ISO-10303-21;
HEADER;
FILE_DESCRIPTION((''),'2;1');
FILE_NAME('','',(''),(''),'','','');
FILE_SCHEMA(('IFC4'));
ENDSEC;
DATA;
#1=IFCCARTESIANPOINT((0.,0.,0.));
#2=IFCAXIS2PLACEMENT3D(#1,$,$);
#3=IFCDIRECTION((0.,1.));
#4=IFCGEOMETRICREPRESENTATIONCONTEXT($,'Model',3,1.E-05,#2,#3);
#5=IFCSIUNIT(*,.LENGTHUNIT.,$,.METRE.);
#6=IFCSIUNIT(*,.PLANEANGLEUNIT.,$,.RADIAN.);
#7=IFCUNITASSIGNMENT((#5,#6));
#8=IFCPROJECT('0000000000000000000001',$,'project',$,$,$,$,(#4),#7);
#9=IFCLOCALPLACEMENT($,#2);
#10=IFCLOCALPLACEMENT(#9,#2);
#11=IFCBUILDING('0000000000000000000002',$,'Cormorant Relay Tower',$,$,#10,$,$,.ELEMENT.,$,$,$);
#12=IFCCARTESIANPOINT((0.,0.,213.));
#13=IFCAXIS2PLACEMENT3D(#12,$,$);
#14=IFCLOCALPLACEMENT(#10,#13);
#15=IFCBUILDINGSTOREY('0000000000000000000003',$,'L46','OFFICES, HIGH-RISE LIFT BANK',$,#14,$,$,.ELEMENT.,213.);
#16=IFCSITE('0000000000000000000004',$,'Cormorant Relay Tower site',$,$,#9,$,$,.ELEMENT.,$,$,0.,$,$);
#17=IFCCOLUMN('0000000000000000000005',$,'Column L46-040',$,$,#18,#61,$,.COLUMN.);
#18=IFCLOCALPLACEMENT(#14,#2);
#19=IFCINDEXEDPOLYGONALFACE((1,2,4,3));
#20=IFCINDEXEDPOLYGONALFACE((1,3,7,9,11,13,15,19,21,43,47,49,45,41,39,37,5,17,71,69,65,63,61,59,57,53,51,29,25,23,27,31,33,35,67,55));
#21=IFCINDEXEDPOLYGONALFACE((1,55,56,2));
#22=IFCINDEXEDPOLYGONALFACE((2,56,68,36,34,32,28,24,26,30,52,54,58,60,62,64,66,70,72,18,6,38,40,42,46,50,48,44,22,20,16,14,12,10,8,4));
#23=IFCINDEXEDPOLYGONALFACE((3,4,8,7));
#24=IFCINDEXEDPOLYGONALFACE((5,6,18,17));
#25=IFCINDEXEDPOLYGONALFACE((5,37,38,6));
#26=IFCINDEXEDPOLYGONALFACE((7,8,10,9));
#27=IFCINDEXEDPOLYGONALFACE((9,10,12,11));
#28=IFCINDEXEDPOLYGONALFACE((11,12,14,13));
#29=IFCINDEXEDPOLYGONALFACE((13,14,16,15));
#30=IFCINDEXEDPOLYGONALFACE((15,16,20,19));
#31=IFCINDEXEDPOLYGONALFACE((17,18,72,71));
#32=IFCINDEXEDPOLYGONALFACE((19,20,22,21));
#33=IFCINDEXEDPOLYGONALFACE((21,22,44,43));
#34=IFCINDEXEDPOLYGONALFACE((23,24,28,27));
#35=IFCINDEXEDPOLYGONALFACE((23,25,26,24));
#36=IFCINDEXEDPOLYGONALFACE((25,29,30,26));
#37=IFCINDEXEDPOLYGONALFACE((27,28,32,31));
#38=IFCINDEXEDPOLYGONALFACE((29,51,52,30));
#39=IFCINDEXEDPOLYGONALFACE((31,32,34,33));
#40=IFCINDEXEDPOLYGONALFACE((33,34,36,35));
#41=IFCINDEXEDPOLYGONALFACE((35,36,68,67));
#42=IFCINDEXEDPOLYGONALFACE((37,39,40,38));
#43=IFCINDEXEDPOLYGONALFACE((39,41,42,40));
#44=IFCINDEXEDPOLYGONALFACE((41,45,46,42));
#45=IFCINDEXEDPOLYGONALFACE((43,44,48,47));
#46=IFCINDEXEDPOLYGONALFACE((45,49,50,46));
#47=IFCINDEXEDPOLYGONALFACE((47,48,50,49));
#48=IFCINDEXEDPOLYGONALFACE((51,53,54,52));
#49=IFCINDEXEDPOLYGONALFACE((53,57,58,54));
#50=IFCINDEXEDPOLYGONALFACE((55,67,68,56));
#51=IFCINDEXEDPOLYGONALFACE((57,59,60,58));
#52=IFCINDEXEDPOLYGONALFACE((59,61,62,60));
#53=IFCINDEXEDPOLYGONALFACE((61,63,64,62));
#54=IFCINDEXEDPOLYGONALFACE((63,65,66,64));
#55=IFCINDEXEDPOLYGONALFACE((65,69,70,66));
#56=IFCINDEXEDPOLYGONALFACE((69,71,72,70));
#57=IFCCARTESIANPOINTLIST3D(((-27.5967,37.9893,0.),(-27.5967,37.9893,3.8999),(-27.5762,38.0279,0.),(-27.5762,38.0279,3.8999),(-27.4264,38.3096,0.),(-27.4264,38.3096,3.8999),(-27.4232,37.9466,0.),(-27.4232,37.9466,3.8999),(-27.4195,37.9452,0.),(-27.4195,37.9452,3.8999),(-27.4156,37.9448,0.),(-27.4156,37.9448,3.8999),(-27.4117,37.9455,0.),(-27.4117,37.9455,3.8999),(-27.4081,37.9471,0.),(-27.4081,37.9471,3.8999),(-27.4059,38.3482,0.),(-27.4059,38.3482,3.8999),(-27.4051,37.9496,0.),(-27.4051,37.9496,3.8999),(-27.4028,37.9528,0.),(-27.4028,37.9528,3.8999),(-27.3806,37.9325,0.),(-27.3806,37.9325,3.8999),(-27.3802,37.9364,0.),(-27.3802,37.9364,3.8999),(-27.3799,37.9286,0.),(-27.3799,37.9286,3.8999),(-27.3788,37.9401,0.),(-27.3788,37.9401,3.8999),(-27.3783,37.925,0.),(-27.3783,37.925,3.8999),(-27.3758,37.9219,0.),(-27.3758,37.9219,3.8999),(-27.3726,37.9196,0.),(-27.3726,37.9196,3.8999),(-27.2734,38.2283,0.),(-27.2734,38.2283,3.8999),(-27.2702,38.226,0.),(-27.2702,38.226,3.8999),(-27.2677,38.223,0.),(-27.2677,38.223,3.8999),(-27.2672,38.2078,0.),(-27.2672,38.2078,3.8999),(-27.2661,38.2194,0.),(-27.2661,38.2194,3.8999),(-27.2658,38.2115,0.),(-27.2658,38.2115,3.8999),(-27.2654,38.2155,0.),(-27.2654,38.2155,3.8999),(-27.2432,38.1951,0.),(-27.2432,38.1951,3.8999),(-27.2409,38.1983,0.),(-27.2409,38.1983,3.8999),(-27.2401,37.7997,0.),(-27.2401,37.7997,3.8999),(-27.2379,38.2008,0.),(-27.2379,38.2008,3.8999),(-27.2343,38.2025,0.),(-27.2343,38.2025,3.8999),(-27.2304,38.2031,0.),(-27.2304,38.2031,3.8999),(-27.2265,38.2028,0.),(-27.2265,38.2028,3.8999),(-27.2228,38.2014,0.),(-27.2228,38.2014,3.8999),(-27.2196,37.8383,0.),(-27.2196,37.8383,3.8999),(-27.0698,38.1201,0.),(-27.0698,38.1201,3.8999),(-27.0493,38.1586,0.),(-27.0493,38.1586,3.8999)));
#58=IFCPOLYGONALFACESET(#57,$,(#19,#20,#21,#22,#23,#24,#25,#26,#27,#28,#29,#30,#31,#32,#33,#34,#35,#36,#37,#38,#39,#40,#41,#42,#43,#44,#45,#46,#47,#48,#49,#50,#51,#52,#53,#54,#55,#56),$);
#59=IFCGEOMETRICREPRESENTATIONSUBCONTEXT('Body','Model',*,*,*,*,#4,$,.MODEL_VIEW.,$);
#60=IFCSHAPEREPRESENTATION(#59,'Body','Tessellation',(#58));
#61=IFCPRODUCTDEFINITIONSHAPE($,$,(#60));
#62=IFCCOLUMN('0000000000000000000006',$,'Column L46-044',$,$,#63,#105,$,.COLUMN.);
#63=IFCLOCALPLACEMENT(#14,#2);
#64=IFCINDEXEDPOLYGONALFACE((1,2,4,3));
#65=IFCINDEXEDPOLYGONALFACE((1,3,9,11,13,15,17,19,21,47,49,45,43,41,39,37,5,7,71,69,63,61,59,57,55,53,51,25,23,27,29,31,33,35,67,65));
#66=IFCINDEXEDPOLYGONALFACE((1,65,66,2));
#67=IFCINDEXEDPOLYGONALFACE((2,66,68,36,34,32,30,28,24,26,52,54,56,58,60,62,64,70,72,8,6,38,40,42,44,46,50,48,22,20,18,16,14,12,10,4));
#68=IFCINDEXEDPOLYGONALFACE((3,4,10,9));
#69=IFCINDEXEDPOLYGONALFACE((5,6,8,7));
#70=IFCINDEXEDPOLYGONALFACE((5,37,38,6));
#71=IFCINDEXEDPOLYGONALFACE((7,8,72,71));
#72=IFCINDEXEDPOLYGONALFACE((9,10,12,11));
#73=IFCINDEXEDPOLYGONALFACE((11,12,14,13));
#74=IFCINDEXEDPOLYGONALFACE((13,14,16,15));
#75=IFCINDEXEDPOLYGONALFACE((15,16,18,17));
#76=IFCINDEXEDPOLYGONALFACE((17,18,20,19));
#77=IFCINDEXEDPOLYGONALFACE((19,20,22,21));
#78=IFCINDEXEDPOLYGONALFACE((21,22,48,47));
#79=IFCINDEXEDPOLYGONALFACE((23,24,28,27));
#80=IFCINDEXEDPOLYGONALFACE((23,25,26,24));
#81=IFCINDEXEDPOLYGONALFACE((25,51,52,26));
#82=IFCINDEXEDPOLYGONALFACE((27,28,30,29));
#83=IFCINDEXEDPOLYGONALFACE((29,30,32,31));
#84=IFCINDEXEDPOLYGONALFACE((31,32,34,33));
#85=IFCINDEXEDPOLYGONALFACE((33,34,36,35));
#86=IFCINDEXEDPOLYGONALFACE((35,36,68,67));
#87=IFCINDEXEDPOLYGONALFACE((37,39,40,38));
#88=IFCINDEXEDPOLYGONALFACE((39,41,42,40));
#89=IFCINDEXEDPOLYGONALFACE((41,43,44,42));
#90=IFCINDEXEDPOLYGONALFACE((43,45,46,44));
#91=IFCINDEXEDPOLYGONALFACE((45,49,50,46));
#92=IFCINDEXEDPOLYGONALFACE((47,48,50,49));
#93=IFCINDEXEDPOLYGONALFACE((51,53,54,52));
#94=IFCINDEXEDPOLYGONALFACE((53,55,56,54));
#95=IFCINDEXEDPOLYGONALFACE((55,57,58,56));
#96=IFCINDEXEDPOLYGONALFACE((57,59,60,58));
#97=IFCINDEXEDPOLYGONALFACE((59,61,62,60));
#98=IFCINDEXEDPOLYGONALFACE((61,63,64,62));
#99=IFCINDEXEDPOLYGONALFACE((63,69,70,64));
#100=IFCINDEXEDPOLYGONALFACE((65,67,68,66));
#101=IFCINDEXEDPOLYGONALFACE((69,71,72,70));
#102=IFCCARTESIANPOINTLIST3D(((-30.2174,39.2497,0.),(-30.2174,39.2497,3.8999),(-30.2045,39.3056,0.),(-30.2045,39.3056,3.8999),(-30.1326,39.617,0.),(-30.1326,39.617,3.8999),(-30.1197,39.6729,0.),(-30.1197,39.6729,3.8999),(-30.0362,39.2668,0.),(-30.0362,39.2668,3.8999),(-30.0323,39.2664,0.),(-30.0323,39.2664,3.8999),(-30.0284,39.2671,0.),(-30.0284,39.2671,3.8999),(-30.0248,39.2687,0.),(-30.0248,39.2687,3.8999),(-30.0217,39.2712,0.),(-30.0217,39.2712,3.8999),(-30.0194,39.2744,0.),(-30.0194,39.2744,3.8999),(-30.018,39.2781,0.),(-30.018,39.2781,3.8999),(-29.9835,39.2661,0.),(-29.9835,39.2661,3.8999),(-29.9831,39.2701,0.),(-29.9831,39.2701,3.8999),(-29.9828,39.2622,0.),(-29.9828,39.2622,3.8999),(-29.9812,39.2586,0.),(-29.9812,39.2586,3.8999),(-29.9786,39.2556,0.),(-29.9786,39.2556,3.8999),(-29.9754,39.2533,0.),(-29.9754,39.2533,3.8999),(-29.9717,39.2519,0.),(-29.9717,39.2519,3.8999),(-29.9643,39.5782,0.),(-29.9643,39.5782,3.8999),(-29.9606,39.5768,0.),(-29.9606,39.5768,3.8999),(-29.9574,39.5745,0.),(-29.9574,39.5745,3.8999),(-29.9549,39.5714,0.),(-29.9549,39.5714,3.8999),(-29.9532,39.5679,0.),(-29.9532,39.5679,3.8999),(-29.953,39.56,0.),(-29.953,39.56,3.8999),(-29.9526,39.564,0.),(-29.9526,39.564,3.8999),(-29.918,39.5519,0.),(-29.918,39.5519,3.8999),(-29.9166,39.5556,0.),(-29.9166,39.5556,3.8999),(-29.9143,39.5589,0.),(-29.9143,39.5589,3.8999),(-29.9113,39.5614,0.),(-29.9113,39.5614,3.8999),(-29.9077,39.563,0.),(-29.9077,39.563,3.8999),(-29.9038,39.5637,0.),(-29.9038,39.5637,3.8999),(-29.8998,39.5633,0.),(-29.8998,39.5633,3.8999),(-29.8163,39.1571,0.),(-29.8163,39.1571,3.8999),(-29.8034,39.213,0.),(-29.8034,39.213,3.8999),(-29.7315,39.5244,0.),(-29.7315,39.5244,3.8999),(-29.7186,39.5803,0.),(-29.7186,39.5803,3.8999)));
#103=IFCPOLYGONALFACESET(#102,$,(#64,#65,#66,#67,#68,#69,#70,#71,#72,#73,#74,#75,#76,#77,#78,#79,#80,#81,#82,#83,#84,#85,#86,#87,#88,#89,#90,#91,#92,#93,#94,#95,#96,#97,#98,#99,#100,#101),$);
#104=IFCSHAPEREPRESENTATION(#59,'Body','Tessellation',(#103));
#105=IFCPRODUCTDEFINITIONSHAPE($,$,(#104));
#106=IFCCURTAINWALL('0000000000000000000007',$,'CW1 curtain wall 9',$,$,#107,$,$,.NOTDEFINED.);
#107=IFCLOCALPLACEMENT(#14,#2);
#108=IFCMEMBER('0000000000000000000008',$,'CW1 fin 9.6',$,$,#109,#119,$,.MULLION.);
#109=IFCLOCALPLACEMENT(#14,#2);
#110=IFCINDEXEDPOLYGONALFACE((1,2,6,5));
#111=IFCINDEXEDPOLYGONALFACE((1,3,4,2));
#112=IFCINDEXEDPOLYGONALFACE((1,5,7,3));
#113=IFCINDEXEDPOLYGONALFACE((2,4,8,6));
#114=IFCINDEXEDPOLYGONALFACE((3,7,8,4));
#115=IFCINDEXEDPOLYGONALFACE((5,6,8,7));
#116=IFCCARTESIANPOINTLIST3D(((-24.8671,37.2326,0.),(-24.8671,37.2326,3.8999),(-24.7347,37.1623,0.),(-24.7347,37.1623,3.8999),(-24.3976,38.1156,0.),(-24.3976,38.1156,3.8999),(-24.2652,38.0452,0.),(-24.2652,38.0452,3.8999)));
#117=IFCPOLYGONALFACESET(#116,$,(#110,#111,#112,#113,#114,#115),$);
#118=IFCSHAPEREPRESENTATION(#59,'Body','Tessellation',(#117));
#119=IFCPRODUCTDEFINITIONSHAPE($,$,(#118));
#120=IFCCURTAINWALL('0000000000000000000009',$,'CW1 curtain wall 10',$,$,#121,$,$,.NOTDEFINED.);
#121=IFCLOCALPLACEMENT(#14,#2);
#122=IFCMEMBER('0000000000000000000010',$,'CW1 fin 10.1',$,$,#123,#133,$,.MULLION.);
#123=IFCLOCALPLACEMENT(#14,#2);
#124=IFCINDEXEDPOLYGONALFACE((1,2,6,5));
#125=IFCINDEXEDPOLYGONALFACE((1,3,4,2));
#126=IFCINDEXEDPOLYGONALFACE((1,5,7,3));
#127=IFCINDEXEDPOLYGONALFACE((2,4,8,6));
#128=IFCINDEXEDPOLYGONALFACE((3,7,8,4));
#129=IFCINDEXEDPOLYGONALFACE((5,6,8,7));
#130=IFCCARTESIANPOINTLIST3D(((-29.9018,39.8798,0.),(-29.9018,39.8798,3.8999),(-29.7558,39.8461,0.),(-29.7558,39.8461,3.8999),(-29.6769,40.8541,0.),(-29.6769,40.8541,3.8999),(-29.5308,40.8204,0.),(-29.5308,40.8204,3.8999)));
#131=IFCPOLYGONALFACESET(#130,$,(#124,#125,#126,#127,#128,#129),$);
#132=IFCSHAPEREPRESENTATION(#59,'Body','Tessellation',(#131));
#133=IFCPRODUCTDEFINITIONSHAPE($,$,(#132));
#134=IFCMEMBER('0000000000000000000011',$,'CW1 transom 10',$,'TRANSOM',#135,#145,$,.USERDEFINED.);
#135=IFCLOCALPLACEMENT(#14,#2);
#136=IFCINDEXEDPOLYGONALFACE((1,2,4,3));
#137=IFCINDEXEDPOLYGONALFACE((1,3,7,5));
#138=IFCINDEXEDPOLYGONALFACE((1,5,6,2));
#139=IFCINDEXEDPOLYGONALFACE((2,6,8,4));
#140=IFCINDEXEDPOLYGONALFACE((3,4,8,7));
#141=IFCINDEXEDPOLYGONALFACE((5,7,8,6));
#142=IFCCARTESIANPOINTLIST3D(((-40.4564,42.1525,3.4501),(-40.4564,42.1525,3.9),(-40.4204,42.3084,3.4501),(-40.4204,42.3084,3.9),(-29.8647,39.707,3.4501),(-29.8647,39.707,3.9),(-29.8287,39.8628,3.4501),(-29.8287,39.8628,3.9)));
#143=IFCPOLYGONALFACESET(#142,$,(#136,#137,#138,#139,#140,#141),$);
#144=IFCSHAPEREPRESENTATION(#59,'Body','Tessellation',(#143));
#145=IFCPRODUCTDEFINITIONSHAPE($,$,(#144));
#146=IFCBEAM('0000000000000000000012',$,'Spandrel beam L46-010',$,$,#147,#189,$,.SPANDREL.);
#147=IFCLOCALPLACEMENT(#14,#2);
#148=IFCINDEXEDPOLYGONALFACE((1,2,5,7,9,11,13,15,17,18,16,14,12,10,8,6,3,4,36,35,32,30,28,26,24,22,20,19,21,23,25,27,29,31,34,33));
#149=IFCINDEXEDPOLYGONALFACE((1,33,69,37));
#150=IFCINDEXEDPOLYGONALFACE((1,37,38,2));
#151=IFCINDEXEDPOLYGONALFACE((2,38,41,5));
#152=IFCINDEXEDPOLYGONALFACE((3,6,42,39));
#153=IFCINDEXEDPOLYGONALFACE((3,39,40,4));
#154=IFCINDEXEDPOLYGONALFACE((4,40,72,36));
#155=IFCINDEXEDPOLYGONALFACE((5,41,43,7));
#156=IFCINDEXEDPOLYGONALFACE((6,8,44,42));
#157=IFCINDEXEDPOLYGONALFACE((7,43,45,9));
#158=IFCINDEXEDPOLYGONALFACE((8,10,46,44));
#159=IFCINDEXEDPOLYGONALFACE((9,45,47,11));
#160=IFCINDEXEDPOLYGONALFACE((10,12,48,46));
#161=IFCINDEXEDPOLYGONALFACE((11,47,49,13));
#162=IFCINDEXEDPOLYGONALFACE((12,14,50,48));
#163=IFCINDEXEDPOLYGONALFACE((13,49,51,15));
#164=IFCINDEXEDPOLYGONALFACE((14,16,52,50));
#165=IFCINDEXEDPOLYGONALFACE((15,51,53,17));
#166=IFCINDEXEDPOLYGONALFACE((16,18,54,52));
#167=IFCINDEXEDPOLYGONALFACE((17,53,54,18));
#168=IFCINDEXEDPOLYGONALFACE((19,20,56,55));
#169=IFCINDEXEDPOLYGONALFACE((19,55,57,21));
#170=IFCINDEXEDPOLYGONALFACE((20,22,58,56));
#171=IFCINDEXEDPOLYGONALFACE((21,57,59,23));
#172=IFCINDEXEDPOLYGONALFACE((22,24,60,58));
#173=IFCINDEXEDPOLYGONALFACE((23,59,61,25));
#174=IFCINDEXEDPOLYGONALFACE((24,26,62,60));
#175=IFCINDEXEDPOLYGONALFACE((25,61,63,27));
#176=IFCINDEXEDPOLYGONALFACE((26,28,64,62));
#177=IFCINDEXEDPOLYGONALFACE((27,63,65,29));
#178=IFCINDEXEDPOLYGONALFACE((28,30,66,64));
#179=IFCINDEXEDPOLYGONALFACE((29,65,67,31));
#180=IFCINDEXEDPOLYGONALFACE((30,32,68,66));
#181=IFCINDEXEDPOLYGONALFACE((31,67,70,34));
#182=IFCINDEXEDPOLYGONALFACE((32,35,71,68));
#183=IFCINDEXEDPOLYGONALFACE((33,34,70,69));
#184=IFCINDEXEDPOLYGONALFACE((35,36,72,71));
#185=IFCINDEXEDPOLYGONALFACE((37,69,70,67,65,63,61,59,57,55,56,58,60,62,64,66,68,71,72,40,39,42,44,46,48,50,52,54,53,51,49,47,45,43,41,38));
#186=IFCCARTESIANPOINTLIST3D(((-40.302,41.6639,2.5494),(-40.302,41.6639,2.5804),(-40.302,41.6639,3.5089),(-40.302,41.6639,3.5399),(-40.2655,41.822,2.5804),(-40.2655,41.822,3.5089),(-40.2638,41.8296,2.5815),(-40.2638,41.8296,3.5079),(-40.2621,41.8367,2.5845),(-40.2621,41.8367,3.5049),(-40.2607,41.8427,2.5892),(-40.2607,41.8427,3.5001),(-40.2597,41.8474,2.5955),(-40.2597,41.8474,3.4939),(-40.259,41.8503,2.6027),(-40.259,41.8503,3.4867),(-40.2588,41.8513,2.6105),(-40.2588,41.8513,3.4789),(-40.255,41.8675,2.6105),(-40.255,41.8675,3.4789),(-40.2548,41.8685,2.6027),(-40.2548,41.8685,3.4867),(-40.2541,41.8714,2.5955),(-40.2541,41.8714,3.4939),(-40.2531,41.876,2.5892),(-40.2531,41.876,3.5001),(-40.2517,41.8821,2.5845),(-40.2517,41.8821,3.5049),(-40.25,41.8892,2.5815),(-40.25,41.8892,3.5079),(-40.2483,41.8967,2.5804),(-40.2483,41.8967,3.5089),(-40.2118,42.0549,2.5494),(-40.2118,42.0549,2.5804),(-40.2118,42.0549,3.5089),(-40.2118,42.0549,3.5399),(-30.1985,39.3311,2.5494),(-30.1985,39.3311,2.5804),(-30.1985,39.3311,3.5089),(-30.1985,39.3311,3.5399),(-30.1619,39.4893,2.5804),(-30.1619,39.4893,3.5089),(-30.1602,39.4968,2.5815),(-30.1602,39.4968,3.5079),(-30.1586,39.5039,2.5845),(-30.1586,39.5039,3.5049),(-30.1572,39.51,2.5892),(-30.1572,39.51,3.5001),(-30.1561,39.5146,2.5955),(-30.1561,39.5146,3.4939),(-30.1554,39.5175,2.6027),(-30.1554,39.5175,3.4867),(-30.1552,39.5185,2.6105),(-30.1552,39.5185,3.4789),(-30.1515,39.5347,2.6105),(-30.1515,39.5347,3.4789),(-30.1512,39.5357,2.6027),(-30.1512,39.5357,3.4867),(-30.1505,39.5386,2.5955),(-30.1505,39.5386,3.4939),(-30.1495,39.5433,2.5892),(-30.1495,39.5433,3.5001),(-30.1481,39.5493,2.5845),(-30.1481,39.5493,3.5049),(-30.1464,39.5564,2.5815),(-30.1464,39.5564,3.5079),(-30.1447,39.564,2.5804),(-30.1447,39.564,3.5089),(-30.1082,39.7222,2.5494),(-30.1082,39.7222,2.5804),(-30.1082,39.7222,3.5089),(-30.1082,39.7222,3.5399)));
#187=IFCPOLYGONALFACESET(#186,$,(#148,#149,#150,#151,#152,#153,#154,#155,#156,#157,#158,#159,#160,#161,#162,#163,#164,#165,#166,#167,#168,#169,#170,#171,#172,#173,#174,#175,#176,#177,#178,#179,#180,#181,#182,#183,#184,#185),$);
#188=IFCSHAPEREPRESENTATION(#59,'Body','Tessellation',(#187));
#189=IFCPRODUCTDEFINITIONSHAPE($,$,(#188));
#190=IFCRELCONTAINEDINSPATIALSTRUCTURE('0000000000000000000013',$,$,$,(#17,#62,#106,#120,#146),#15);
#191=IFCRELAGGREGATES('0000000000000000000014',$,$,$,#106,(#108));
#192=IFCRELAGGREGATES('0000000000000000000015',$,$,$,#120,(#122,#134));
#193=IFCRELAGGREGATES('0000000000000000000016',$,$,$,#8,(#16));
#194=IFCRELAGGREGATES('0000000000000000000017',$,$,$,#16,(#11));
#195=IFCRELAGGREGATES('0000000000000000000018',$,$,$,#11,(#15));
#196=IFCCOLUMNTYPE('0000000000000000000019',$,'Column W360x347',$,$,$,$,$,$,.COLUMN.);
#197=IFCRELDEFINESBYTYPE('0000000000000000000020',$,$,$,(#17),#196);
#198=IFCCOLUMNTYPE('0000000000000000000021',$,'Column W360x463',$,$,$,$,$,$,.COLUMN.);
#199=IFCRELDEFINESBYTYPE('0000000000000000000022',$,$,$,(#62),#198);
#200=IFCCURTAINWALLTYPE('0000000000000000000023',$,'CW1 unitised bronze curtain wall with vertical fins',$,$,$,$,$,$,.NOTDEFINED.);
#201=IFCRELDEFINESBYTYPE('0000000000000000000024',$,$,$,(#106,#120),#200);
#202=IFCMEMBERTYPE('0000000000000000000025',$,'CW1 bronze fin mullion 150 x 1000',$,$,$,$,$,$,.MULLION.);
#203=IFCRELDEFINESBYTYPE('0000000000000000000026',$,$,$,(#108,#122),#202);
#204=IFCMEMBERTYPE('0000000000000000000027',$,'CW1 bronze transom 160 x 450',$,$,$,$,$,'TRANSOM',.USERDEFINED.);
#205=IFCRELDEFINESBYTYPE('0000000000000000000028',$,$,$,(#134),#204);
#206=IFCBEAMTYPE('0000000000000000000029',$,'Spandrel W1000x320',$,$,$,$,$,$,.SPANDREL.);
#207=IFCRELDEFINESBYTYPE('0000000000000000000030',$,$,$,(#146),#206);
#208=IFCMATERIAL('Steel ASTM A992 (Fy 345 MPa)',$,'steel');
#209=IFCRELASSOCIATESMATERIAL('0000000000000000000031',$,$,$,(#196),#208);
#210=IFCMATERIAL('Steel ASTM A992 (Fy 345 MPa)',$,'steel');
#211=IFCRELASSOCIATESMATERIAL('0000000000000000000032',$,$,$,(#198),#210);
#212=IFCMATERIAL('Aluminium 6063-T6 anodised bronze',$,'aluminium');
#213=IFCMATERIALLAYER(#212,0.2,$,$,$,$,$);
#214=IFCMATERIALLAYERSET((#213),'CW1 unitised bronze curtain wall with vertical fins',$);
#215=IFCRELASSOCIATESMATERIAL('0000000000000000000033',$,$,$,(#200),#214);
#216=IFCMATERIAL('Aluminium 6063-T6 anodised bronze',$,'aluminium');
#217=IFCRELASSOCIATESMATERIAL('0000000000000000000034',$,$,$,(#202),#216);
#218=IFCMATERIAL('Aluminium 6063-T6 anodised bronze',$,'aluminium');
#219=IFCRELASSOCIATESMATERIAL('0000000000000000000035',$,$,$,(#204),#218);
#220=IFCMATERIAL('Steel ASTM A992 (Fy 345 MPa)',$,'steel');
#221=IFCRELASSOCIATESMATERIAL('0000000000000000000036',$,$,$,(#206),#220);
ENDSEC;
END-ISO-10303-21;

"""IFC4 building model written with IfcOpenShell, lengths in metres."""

from ifc_helpers import new_model, si_unit, direction, frame, origin, origin_2d, place, context, subcontext, project, spatial, rectangle, i_section, extrude, material, layer, layer_set, material_profile, profile_set, type_object, element, aggregate, save


model = new_model("IFC4")

# Units and contexts
model_context = context("Model", 3, precision=1e-05, world=origin(), true_north=direction((0.0, 1.0)))
body_context = subcontext(model_context, "Body", "Model", "MODEL_VIEW")
ifc_project = project(units=[si_unit("LENGTHUNIT", "METRE"), si_unit("PLANEANGLEUNIT", "RADIAN")], contexts=[model_context])

# Site, building, storey
site_placement = place(None, origin())
site = spatial("IfcSite", under=ifc_project, at=site_placement, Name="Cormorant Relay Tower site", CompositionType="ELEMENT", RefElevation=0.0)
building_placement = place(site_placement, origin())
building = spatial("IfcBuilding", under=site, at=building_placement, Name="Cormorant Relay Tower", CompositionType="ELEMENT")
storey_placement = place(building_placement, frame((0.0, 0.0, 213.0)))
storey = spatial("IfcBuildingStorey", under=building, at=storey_placement, Name="L46", Description="OFFICES, HIGH-RISE LIFT BANK", CompositionType="ELEMENT", Elevation=213.0)

# Columns
ifc_material_1 = material(Name="Steel ASTM A992 (Fy 345 MPa)", Category="steel")
ifc_material_profile_1 = material_profile(ifc_material_1, i_section(OverallWidth=0.4038, OverallDepth=0.4065, WebThickness=0.0271, FlangeThickness=0.0437, FilletRadius=0.0151, at=origin_2d()), Name="W360x347")
ifc_profile_set_1 = profile_set([ifc_material_profile_1], Name="Steel ASTM A992 (Fy 345 MPa)")
column_type_1 = type_object("IfcColumnType", Name="Column W360x347", PredefinedType="COLUMN", material=ifc_profile_set_1)
column_1_placement = place(storey_placement, frame((-27.323, 38.074, 0.0), z_axis=(0.0, 0.0, 1.0), x_axis=(-0.882948, 0.469472, 0.0)))
element("IfcColumn", 1, at=column_1_placement, inside=storey, type_object=column_type_1, Name="Column L46-040", PredefinedType="COLUMN", context=body_context, shape_type="SweptSolid", body=[
    extrude(i_section(OverallWidth=0.4038, OverallDepth=0.4065, WebThickness=0.0271, FlangeThickness=0.0437, FilletRadius=0.0151, at=origin_2d()), origin(), (0.0, 0.0, 1.0), 3.8999),
])
ifc_material_2 = material(Name="Steel ASTM A992 (Fy 345 MPa)", Category="steel")
ifc_material_profile_2 = material_profile(ifc_material_2, i_section(OverallWidth=0.4116, OverallDepth=0.4343, WebThickness=0.0359, FlangeThickness=0.0574, FilletRadius=0.0151, at=origin_2d()), Name="W360x463")
ifc_profile_set_2 = profile_set([ifc_material_profile_2], Name="Steel ASTM A992 (Fy 345 MPa)")
column_type_2 = type_object("IfcColumnType", Name="Column W360x463", PredefinedType="COLUMN", material=ifc_profile_set_2)
column_2_placement = place(storey_placement, frame((-29.968, 39.415, 0.0), z_axis=(0.0, 0.0, 1.0), x_axis=(-0.97437, 0.224951, 0.0)))
element("IfcColumn", 2, at=column_2_placement, inside=storey, type_object=column_type_2, Name="Column L46-044", PredefinedType="COLUMN", context=body_context, shape_type="SweptSolid", body=[
    extrude(i_section(OverallWidth=0.4116, OverallDepth=0.4343, WebThickness=0.0359, FlangeThickness=0.0574, FilletRadius=0.0151, at=origin_2d()), origin(), (0.0, 0.0, 1.0), 3.8999),
])

# Curtain wall, member
ifc_material_3 = material(Name="Aluminium 6063-T6 anodised bronze", Category="aluminium")
ifc_layer_1 = layer(ifc_material_3, 0.2)
ifc_layer_set_1 = layer_set([ifc_layer_1], Name="CW1 unitised bronze curtain wall with vertical fins")
curtain_wall_type = type_object("IfcCurtainWallType", Name="CW1 unitised bronze curtain wall with vertical fins", PredefinedType="NOTDEFINED", material=ifc_layer_set_1)
curtain_wall_1_placement = place(storey_placement, origin())
curtain_wall_1 = element("IfcCurtainWall", 3, at=curtain_wall_1_placement, inside=storey, type_object=curtain_wall_type, Name="CW1 curtain wall 9", PredefinedType="NOTDEFINED")
ifc_material_4 = material(Name="Aluminium 6063-T6 anodised bronze", Category="aluminium")
ifc_material_profile_3 = material_profile(ifc_material_4, rectangle(XDim=0.1499, YDim=1.0, at=origin_2d()), Name="AL 150x1000")
ifc_profile_set_3 = profile_set([ifc_material_profile_3], Name="Aluminium 6063-T6 anodised bronze")
member_type_1 = type_object("IfcMemberType", Name="CW1 bronze fin mullion 150 x 1000", PredefinedType="MULLION", material=ifc_profile_set_3)
member_1_placement = place(storey_placement, frame((-24.5662, 37.6389, 0.0), z_axis=(0.0, 0.0, 1.0), x_axis=(-0.882948, 0.469472, 0.0)))
member_1 = element("IfcMember", 4, at=member_1_placement, type_object=member_type_1, Name="CW1 fin 9.6", PredefinedType="MULLION", context=body_context, shape_type="SweptSolid", body=[
    extrude(rectangle(XDim=0.1499, YDim=1.0, at=origin_2d()), origin(), (0.0, 0.0, 1.0), 3.8999),
])

# Curtain wall, members
curtain_wall_2_placement = place(storey_placement, origin())
curtain_wall_2 = element("IfcCurtainWall", 5, at=curtain_wall_2_placement, inside=storey, type_object=curtain_wall_type, Name="CW1 curtain wall 10", PredefinedType="NOTDEFINED")
member_2_placement = place(storey_placement, frame((-29.7163, 40.3501, 0.0), z_axis=(0.0, 0.0, 1.0), x_axis=(-0.97437, 0.224951, 0.0)))
member_2 = element("IfcMember", 6, at=member_2_placement, type_object=member_type_1, Name="CW1 fin 10.1", PredefinedType="MULLION", context=body_context, shape_type="SweptSolid", body=[
    extrude(rectangle(XDim=0.1499, YDim=1.0, at=origin_2d()), origin(), (0.0, 0.0, 1.0), 3.8999),
])
ifc_material_5 = material(Name="Aluminium 6063-T6 anodised bronze", Category="aluminium")
ifc_material_profile_4 = material_profile(ifc_material_5, rectangle(XDim=0.1599, YDim=0.45, at=origin_2d()), Name="AL 160x450")
ifc_profile_set_4 = profile_set([ifc_material_profile_4], Name="Aluminium 6063-T6 anodised bronze")
member_type_2 = type_object("IfcMemberType", Name="CW1 bronze transom 160 x 450", ElementType="TRANSOM", PredefinedType="USERDEFINED", material=ifc_profile_set_4)
member_3_placement = place(storey_placement, frame((-29.8467, 39.7849, 3.675), z_axis=(-0.974365, 0.224973, 0.0), x_axis=(-0.224973, -0.974365, 0.0)))
member_3 = element("IfcMember", 7, at=member_3_placement, type_object=member_type_2, Name="CW1 transom 10", ObjectType="TRANSOM", PredefinedType="USERDEFINED", context=body_context, shape_type="SweptSolid", body=[
    extrude(rectangle(XDim=0.1599, YDim=0.45, at=origin_2d()), origin(), (0.0, 0.0, 1.0), 10.8704),
])

# Beam
ifc_material_6 = material(Name="Steel ASTM A992 (Fy 345 MPa)", Category="steel")
ifc_material_profile_5 = material_profile(ifc_material_6, i_section(OverallWidth=0.4014, OverallDepth=0.9905, WebThickness=0.0166, FlangeThickness=0.031, FilletRadius=0.03, at=origin_2d()), Name="W1000x320")
ifc_profile_set_5 = profile_set([ifc_material_profile_5], Name="Steel ASTM A992 (Fy 345 MPa)")
beam_type = type_object("IfcBeamType", Name="Spandrel W1000x320", PredefinedType="SPANDREL", material=ifc_profile_set_5)
beam_placement = place(storey_placement, frame((-30.1533, 39.5266, 3.0447), z_axis=(-0.974366, 0.224968, 0.0), x_axis=(-0.224968, -0.974366, 0.0)))
element("IfcBeam", 8, at=beam_placement, inside=storey, type_object=beam_type, Name="Spandrel beam L46-010", PredefinedType="SPANDREL", context=body_context, shape_type="SweptSolid", body=[
    extrude(i_section(OverallWidth=0.4014, OverallDepth=0.9905, WebThickness=0.0166, FlangeThickness=0.031, FilletRadius=0.03, at=origin_2d()), origin(), (0.0, 0.0, 1.0), 10.3694),
])

aggregate(curtain_wall_1, [member_1])
aggregate(curtain_wall_2, [member_2, member_3])

save(model, "model.ifc")
